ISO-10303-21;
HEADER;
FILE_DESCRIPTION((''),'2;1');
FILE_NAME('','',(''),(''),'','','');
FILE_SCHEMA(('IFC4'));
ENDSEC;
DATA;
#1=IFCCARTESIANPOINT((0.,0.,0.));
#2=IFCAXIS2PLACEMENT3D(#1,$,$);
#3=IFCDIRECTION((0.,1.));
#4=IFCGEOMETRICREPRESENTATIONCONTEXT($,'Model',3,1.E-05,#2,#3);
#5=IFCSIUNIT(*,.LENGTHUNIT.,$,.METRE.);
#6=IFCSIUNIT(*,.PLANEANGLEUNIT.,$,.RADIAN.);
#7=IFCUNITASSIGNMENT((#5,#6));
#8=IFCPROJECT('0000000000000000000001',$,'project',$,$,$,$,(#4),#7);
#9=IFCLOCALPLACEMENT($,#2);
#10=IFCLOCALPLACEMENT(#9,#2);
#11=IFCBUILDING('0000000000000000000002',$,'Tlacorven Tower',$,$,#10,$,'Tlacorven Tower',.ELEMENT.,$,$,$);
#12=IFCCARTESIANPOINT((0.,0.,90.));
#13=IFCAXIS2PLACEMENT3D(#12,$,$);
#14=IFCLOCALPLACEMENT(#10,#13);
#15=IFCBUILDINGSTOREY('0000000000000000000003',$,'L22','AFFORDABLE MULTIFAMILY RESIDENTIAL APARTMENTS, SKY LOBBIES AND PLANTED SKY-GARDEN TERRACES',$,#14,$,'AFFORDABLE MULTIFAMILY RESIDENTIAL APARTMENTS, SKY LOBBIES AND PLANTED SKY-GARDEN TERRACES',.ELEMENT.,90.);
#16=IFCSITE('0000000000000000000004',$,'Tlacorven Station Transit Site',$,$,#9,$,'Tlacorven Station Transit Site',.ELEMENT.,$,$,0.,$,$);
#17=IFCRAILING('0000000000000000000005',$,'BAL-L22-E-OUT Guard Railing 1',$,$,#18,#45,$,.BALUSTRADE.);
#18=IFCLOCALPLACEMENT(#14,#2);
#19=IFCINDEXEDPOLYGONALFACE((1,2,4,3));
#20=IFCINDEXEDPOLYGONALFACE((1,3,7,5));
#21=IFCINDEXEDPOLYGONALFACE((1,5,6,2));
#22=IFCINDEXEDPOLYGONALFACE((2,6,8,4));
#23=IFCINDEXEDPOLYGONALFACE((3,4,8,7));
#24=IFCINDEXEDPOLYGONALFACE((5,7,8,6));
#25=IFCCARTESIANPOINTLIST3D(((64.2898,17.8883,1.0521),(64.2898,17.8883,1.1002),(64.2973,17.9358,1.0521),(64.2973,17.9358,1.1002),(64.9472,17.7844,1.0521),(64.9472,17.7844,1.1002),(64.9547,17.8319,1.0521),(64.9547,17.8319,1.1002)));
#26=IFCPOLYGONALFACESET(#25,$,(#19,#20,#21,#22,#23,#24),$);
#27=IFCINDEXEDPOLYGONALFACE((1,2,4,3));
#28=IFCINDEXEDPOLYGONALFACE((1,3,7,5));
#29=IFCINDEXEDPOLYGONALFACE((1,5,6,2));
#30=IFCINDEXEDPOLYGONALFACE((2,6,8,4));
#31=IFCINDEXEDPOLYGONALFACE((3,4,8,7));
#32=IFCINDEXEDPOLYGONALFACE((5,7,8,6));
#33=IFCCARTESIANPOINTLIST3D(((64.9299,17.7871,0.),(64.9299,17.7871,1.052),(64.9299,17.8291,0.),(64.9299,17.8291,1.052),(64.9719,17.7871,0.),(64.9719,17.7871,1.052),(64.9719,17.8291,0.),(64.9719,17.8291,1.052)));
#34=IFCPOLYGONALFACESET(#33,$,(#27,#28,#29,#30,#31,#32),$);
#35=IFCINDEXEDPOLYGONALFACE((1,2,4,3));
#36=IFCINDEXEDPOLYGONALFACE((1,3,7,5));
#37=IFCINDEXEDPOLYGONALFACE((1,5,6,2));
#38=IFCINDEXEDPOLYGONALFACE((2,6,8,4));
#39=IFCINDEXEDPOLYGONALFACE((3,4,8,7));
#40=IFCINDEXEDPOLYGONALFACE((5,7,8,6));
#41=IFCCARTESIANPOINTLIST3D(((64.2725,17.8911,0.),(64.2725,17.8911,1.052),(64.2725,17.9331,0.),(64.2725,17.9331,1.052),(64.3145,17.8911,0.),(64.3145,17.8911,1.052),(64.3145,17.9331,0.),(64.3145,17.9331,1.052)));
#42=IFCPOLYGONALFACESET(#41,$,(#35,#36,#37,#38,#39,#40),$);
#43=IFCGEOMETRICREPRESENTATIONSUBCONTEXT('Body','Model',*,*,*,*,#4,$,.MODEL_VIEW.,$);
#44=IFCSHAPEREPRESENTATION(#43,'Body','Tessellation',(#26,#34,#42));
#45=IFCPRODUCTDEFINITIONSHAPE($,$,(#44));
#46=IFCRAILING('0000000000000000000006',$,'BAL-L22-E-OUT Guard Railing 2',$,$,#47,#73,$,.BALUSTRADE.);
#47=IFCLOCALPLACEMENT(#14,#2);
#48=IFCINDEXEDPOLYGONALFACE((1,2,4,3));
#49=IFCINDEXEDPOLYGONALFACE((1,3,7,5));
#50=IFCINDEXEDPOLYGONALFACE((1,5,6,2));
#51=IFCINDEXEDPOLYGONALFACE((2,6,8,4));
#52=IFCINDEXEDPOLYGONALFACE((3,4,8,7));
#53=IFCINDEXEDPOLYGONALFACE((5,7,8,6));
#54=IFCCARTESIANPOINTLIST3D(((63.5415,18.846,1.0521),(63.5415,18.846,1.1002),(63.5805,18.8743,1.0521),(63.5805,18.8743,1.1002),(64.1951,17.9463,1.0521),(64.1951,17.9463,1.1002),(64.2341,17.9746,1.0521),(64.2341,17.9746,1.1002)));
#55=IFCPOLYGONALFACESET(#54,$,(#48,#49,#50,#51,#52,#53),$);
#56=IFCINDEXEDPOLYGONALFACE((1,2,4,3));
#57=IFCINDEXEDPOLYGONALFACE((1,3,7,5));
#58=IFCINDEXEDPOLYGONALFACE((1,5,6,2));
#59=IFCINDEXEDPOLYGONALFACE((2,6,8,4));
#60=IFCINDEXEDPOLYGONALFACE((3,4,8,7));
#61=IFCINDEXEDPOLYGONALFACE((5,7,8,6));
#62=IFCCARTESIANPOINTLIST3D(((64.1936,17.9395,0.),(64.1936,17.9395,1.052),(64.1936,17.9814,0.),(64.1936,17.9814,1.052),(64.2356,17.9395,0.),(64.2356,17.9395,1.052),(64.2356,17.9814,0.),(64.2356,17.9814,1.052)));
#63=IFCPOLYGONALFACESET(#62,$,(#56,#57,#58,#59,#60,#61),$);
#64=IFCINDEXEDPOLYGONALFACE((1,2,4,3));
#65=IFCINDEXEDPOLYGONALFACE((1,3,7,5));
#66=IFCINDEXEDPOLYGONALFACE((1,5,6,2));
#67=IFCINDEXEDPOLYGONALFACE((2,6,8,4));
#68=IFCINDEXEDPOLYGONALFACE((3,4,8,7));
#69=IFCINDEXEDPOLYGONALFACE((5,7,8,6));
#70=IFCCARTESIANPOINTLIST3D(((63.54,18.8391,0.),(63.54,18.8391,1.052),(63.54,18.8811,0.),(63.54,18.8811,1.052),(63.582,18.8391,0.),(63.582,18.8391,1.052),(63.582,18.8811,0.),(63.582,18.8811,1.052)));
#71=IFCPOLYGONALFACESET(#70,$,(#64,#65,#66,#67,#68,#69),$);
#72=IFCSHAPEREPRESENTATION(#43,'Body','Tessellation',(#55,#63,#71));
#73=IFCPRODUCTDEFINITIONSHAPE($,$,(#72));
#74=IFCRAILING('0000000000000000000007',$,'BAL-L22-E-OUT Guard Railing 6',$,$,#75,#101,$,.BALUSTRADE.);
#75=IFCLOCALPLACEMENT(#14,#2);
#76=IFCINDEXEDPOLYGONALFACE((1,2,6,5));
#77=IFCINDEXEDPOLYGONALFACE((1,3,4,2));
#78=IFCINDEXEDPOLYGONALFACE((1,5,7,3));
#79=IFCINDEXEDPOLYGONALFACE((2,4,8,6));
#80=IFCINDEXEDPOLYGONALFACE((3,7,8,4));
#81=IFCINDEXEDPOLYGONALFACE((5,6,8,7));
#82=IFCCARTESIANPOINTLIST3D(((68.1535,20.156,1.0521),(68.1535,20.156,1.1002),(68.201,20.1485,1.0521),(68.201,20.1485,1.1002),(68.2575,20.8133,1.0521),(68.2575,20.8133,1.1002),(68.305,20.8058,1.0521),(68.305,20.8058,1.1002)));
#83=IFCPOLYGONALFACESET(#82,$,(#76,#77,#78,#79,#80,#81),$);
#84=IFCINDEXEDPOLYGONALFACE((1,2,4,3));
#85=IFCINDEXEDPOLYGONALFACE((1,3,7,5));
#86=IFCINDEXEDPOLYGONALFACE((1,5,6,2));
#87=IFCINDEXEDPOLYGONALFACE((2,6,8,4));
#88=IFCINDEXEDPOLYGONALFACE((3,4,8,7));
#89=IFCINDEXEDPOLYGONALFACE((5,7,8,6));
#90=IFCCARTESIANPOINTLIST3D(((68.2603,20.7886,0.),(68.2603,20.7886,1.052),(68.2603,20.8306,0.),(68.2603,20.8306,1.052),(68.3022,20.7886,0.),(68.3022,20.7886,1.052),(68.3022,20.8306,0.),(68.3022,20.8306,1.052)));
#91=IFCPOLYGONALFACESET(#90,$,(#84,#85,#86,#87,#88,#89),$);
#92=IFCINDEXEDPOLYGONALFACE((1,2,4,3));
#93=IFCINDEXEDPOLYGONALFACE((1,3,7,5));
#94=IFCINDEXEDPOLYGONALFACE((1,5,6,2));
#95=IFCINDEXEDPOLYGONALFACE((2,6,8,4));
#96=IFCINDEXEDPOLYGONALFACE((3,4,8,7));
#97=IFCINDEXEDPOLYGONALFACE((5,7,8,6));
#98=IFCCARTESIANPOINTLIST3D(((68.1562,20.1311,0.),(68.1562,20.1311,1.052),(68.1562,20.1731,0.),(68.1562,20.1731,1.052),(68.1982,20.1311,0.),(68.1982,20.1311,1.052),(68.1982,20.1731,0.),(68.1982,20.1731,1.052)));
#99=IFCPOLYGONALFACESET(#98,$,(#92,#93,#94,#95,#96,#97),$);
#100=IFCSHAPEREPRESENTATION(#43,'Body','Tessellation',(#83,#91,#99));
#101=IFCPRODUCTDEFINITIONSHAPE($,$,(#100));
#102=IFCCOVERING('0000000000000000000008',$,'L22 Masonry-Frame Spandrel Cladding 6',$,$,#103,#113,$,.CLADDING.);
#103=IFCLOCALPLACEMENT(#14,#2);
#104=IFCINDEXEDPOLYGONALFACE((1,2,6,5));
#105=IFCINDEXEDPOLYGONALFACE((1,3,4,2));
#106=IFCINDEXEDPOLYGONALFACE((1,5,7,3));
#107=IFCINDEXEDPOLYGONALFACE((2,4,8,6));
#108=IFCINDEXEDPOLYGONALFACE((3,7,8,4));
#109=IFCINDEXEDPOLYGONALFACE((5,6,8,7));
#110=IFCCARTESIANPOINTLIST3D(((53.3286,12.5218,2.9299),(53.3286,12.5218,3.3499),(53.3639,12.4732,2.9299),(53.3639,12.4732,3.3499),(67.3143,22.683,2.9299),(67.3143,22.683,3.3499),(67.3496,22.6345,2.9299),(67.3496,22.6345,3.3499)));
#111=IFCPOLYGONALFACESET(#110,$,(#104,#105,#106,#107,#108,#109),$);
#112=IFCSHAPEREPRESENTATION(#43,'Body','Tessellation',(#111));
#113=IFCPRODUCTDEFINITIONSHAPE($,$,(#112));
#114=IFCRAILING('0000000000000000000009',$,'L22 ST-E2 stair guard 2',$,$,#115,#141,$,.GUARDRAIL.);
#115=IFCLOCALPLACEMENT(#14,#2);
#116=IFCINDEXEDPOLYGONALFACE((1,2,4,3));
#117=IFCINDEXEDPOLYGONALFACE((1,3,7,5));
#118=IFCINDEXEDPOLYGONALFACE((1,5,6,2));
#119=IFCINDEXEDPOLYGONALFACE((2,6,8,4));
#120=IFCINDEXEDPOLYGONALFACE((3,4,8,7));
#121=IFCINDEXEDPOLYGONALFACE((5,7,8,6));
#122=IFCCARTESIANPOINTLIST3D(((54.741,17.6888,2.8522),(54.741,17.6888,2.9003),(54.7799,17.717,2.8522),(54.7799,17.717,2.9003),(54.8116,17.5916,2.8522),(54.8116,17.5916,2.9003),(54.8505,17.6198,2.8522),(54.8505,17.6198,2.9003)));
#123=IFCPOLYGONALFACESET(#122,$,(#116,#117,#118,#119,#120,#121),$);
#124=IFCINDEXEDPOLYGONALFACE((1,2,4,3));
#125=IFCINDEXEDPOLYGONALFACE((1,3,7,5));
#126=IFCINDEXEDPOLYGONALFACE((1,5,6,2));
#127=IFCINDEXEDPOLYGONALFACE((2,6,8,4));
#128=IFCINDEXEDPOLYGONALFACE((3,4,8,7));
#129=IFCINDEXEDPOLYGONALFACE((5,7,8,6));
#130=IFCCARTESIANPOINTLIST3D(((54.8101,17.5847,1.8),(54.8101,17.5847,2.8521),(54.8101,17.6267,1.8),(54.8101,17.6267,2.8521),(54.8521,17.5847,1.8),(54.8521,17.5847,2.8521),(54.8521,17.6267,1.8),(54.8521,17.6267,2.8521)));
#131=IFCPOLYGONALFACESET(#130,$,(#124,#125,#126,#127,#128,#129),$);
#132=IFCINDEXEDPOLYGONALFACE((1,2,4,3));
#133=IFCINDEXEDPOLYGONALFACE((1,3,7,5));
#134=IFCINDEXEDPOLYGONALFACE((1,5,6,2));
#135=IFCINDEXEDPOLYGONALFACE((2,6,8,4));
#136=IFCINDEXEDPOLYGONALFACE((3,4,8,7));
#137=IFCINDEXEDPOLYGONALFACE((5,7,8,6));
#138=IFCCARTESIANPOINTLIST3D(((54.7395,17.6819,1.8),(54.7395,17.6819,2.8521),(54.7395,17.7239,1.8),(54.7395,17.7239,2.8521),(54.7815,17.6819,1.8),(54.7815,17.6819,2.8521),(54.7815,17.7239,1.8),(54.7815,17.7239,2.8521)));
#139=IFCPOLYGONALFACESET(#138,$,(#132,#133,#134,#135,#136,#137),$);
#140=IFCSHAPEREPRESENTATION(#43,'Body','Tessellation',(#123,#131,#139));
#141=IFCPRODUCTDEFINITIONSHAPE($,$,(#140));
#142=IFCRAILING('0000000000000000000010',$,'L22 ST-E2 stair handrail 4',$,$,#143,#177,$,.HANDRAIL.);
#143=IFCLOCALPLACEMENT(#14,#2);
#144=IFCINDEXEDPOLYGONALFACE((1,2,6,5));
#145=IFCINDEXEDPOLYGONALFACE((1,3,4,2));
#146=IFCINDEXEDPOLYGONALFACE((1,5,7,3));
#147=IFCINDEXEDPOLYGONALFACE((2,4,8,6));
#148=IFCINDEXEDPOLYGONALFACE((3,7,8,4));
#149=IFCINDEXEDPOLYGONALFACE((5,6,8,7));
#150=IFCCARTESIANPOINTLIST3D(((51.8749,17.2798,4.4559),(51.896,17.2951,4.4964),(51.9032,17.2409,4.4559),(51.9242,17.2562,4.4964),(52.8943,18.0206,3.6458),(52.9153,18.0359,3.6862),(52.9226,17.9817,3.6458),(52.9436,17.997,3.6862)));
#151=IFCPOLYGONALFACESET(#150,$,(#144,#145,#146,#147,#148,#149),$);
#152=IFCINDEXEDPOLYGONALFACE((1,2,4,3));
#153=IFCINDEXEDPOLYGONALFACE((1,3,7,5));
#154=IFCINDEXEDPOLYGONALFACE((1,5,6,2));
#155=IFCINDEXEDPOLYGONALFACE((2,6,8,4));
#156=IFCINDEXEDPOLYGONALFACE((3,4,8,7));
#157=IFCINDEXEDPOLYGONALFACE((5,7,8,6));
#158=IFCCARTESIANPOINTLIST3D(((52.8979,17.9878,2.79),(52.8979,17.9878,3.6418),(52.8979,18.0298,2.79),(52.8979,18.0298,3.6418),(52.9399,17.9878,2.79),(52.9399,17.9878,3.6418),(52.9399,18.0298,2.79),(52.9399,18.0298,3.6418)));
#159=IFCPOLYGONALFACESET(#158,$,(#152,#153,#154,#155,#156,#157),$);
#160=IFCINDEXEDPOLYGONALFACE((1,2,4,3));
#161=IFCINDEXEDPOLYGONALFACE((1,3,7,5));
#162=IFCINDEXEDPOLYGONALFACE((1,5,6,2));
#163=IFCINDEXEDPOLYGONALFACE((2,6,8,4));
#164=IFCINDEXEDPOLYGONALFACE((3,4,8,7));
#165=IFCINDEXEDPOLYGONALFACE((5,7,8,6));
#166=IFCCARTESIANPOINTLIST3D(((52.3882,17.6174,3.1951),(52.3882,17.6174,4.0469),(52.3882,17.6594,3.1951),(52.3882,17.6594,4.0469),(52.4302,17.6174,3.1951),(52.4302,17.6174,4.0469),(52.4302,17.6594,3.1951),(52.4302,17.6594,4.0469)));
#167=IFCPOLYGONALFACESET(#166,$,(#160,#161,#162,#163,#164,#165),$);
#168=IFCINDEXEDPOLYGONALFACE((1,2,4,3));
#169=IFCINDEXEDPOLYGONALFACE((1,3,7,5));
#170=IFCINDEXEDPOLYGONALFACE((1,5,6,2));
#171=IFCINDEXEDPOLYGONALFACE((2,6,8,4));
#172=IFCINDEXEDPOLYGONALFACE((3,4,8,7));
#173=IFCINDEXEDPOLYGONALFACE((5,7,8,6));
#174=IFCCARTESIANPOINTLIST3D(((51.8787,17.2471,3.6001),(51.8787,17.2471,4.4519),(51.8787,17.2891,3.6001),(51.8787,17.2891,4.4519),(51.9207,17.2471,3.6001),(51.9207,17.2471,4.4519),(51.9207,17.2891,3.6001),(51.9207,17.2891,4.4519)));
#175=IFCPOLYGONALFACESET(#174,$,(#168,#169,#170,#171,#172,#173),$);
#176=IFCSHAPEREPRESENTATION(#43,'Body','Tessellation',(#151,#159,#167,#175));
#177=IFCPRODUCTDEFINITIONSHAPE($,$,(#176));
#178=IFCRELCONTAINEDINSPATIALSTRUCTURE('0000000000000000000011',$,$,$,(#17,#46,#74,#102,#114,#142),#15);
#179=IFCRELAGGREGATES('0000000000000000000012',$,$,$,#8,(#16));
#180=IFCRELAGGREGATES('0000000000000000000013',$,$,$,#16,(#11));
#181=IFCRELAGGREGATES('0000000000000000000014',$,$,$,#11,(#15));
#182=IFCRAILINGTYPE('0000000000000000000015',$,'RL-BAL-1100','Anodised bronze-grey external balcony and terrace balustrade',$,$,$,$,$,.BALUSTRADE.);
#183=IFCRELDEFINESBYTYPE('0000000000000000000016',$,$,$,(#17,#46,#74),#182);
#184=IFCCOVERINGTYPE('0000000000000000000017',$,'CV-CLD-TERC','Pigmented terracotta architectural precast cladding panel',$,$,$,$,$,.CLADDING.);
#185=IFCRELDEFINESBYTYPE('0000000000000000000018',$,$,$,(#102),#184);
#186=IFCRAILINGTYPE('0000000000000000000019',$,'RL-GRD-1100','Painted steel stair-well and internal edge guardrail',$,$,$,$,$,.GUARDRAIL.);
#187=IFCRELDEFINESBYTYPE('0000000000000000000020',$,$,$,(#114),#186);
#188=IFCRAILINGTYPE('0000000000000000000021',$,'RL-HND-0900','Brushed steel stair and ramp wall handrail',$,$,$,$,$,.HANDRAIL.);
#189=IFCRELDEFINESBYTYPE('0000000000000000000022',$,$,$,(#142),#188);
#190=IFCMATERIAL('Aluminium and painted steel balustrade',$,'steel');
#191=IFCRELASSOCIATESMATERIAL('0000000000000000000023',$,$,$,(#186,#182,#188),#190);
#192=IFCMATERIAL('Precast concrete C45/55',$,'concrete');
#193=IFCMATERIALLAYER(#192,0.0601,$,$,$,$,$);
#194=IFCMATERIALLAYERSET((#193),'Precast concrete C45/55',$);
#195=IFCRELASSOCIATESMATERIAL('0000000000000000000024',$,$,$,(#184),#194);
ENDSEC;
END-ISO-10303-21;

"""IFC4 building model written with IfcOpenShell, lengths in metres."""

from ifc_helpers import new_model, si_unit, direction, frame, origin, origin_2d, place, context, subcontext, project, spatial, rectangle, extrude, source, transform, mapped, material, layer, layer_set, type_object, element, save


model = new_model("IFC4")

# Units and contexts
model_context = context("Model", 3, precision=1e-05, world=origin(), true_north=direction((0.0, 1.0)))
body_context = subcontext(model_context, "Body", "Model", "MODEL_VIEW")
ifc_project = project(units=[si_unit("LENGTHUNIT", "METRE"), si_unit("PLANEANGLEUNIT", "RADIAN")], contexts=[model_context])

# Site, building, storey
site_placement = place(None, origin())
site = spatial("IfcSite", under=ifc_project, at=site_placement, Name="Tlacorven Station Transit Site", LongName="Tlacorven Station Transit Site", CompositionType="ELEMENT", RefElevation=0.0)
building_placement = place(site_placement, origin())
building = spatial("IfcBuilding", under=site, at=building_placement, Name="Tlacorven Tower", LongName="Tlacorven Tower", CompositionType="ELEMENT")
storey_placement = place(building_placement, frame((0.0, 0.0, 90.0)))
storey = spatial("IfcBuildingStorey", under=building, at=storey_placement, Name="L22", Description="AFFORDABLE MULTIFAMILY RESIDENTIAL APARTMENTS, SKY LOBBIES AND PLANTED SKY-GARDEN TERRACES", LongName="AFFORDABLE MULTIFAMILY RESIDENTIAL APARTMENTS, SKY LOBBIES AND PLANTED SKY-GARDEN TERRACES", CompositionType="ELEMENT", Elevation=90.0)

# Railings
ifc_material_1 = material(Name="Aluminium and painted steel balustrade", Category="steel")
railing_type_1 = type_object("IfcRailingType", Name="RL-GRD-1100", Description="Painted steel stair-well and internal edge guardrail", PredefinedType="GUARDRAIL", material=ifc_material_1)
railing_type_2 = type_object("IfcRailingType", Name="RL-BAL-1100", Description="Anodised bronze-grey external balcony and terrace balustrade", PredefinedType="BALUSTRADE", material=ifc_material_1)
shared_shape_1 = source(origin(), body_context, "Body", "SweptSolid", [
    extrude(rectangle(XDim=0.0481, YDim=0.0481, at=origin_2d()), frame((0.0, 0.0, 1.0762), z_axis=(-0.987718, 0.156245, 0.0), x_axis=(-0.156245, -0.987718, 0.0)), (0.0, 0.0, 1.0), 0.6655),
    extrude(rectangle(XDim=0.042, YDim=0.042, at=origin_2d()), origin(), (0.0, 0.0, 1.0), 1.052),
    extrude(rectangle(XDim=0.042, YDim=0.042, at=origin_2d()), frame((-0.6575, 0.104, 0.0)), (0.0, 0.0, 1.0), 1.052),
])
railing_1_placement = place(storey_placement, frame((64.9509, 17.8081, 0.0)))
element("IfcRailing", 1, at=railing_1_placement, inside=storey, type_object=railing_type_2, Name="BAL-L22-E-OUT Guard Railing 1", PredefinedType="BALUSTRADE", context=body_context, shape_type="MappedRepresentation", body=[
    mapped(shared_shape_1, transform((0.0, 0.0, 0.0), scale=1.0)),
])
shared_shape_2 = source(origin(), body_context, "Body", "SweptSolid", [
    extrude(rectangle(XDim=0.0481, YDim=0.0481, at=origin_2d()), frame((0.0, 0.0, 1.0762), z_axis=(-0.587741, 0.809049, 0.0), x_axis=(-0.809049, -0.587741, 0.0)), (0.0, 0.0, 1.0), 1.1121),
    extrude(rectangle(XDim=0.042, YDim=0.042, at=origin_2d()), origin(), (0.0, 0.0, 1.0), 1.052),
    extrude(rectangle(XDim=0.042, YDim=0.042, at=origin_2d()), frame((-0.6536, 0.8997, 0.0)), (0.0, 0.0, 1.0), 1.052),
])
railing_2_placement = place(storey_placement, frame((64.2146, 17.9604, 0.0)))
element("IfcRailing", 2, at=railing_2_placement, inside=storey, type_object=railing_type_2, Name="BAL-L22-E-OUT Guard Railing 2", PredefinedType="BALUSTRADE", context=body_context, shape_type="MappedRepresentation", body=[
    mapped(shared_shape_2, transform((0.0, 0.0, 0.0), scale=1.0)),
])
shared_shape_3 = source(origin(), body_context, "Body", "SweptSolid", [
    extrude(rectangle(XDim=0.0481, YDim=0.0481, at=origin_2d()), frame((0.0, 0.0, 1.0762), z_axis=(-0.156245, -0.987718, 0.0), x_axis=(0.987718, -0.156245, 0.0)), (0.0, 0.0, 1.0), 0.6655),
    extrude(rectangle(XDim=0.042, YDim=0.042, at=origin_2d()), origin(), (0.0, 0.0, 1.0), 1.052),
    extrude(rectangle(XDim=0.042, YDim=0.042, at=origin_2d()), frame((-0.104, -0.6575, 0.0)), (0.0, 0.0, 1.0), 1.052),
])
railing_3_placement = place(storey_placement, frame((68.2812, 20.8096, 0.0)))
element("IfcRailing", 3, at=railing_3_placement, inside=storey, type_object=railing_type_2, Name="BAL-L22-E-OUT Guard Railing 6", PredefinedType="BALUSTRADE", context=body_context, shape_type="MappedRepresentation", body=[
    mapped(shared_shape_3, transform((0.0, 0.0, 0.0), scale=1.0)),
])

# Covering
ifc_material_2 = material(Name="Precast concrete C45/55", Category="concrete")
ifc_layer_1 = layer(ifc_material_2, 0.0601)
ifc_layer_set_1 = layer_set([ifc_layer_1], Name="Precast concrete C45/55")
covering_type = type_object("IfcCoveringType", Name="CV-CLD-TERC", Description="Pigmented terracotta architectural precast cladding panel", PredefinedType="CLADDING", material=ifc_layer_set_1)
shared_shape_4 = source(origin(), body_context, "Body", "SweptSolid", [
    extrude(rectangle(XDim=17.2874, YDim=0.0601, at=origin_2d()), origin(), (0.0, 0.0, 1.0), 0.4199),
])
covering_placement = place(storey_placement, frame((60.3391, 17.5781, 2.9299), z_axis=(0.0, 0.0, 1.0), x_axis=(-0.809017, -0.587785, 0.0)))
element("IfcCovering", 4, at=covering_placement, inside=storey, type_object=covering_type, Name="L22 Masonry-Frame Spandrel Cladding 6", PredefinedType="CLADDING", context=body_context, shape_type="MappedRepresentation", body=[
    mapped(shared_shape_4, transform((0.0, 0.0, 0.0), scale=1.0)),
])

# Railings
shared_shape_5 = source(origin(), body_context, "Body", "SweptSolid", [
    extrude(rectangle(XDim=0.0481, YDim=0.0481, at=origin_2d()), frame((0.0, 0.0, 1.0762), z_axis=(-0.587567, 0.809175, 0.0), x_axis=(-0.809175, -0.587567, 0.0)), (0.0, 0.0, 1.0), 0.1201),
    extrude(rectangle(XDim=0.042, YDim=0.042, at=origin_2d()), origin(), (0.0, 0.0, 1.0), 1.052),
    extrude(rectangle(XDim=0.042, YDim=0.042, at=origin_2d()), frame((-0.0706, 0.0972, 0.0)), (0.0, 0.0, 1.0), 1.052),
])
railing_4_placement = place(storey_placement, frame((54.8311, 17.6057, 1.8)))
element("IfcRailing", 5, at=railing_4_placement, inside=storey, type_object=railing_type_1, Name="L22 ST-E2 stair guard 2", PredefinedType="GUARDRAIL", context=body_context, shape_type="MappedRepresentation", body=[
    mapped(shared_shape_5, transform((0.0, 0.0, 0.0), scale=1.0)),
])
railing_type_3 = type_object("IfcRailingType", Name="RL-HND-0900", Description="Brushed steel stair and ramp wall handrail", PredefinedType="HANDRAIL", material=ifc_material_1)
shared_shape_6 = source(origin(), body_context, "Body", "SweptSolid", [
    extrude(rectangle(XDim=0.0481, YDim=0.0481, at=origin_2d()), frame((0.0, 0.0, 0.876), z_axis=(-0.680461, -0.494496, 0.540783), x_axis=(0.587872, -0.808954, 0.0)), (0.0, 0.0, 1.0), 1.498),
    extrude(rectangle(XDim=0.042, YDim=0.042, at=origin_2d()), origin(), (0.0, 0.0, 1.0), 0.8518),
    extrude(rectangle(XDim=0.042, YDim=0.042, at=origin_2d()), frame((-0.5098, -0.3704, 0.405)), (0.0, 0.0, 1.0), 0.8518),
    extrude(rectangle(XDim=0.042, YDim=0.042, at=origin_2d()), frame((-1.0193, -0.7407, 0.8101)), (0.0, 0.0, 1.0), 0.8518),
])
railing_5_placement = place(storey_placement, frame((52.9189, 18.0088, 2.79)))
element("IfcRailing", 6, at=railing_5_placement, inside=storey, type_object=railing_type_3, Name="L22 ST-E2 stair handrail 4", PredefinedType="HANDRAIL", context=body_context, shape_type="MappedRepresentation", body=[
    mapped(shared_shape_6, transform((0.0, 0.0, 0.0), scale=1.0)),
])

save(model, "model.ifc")
